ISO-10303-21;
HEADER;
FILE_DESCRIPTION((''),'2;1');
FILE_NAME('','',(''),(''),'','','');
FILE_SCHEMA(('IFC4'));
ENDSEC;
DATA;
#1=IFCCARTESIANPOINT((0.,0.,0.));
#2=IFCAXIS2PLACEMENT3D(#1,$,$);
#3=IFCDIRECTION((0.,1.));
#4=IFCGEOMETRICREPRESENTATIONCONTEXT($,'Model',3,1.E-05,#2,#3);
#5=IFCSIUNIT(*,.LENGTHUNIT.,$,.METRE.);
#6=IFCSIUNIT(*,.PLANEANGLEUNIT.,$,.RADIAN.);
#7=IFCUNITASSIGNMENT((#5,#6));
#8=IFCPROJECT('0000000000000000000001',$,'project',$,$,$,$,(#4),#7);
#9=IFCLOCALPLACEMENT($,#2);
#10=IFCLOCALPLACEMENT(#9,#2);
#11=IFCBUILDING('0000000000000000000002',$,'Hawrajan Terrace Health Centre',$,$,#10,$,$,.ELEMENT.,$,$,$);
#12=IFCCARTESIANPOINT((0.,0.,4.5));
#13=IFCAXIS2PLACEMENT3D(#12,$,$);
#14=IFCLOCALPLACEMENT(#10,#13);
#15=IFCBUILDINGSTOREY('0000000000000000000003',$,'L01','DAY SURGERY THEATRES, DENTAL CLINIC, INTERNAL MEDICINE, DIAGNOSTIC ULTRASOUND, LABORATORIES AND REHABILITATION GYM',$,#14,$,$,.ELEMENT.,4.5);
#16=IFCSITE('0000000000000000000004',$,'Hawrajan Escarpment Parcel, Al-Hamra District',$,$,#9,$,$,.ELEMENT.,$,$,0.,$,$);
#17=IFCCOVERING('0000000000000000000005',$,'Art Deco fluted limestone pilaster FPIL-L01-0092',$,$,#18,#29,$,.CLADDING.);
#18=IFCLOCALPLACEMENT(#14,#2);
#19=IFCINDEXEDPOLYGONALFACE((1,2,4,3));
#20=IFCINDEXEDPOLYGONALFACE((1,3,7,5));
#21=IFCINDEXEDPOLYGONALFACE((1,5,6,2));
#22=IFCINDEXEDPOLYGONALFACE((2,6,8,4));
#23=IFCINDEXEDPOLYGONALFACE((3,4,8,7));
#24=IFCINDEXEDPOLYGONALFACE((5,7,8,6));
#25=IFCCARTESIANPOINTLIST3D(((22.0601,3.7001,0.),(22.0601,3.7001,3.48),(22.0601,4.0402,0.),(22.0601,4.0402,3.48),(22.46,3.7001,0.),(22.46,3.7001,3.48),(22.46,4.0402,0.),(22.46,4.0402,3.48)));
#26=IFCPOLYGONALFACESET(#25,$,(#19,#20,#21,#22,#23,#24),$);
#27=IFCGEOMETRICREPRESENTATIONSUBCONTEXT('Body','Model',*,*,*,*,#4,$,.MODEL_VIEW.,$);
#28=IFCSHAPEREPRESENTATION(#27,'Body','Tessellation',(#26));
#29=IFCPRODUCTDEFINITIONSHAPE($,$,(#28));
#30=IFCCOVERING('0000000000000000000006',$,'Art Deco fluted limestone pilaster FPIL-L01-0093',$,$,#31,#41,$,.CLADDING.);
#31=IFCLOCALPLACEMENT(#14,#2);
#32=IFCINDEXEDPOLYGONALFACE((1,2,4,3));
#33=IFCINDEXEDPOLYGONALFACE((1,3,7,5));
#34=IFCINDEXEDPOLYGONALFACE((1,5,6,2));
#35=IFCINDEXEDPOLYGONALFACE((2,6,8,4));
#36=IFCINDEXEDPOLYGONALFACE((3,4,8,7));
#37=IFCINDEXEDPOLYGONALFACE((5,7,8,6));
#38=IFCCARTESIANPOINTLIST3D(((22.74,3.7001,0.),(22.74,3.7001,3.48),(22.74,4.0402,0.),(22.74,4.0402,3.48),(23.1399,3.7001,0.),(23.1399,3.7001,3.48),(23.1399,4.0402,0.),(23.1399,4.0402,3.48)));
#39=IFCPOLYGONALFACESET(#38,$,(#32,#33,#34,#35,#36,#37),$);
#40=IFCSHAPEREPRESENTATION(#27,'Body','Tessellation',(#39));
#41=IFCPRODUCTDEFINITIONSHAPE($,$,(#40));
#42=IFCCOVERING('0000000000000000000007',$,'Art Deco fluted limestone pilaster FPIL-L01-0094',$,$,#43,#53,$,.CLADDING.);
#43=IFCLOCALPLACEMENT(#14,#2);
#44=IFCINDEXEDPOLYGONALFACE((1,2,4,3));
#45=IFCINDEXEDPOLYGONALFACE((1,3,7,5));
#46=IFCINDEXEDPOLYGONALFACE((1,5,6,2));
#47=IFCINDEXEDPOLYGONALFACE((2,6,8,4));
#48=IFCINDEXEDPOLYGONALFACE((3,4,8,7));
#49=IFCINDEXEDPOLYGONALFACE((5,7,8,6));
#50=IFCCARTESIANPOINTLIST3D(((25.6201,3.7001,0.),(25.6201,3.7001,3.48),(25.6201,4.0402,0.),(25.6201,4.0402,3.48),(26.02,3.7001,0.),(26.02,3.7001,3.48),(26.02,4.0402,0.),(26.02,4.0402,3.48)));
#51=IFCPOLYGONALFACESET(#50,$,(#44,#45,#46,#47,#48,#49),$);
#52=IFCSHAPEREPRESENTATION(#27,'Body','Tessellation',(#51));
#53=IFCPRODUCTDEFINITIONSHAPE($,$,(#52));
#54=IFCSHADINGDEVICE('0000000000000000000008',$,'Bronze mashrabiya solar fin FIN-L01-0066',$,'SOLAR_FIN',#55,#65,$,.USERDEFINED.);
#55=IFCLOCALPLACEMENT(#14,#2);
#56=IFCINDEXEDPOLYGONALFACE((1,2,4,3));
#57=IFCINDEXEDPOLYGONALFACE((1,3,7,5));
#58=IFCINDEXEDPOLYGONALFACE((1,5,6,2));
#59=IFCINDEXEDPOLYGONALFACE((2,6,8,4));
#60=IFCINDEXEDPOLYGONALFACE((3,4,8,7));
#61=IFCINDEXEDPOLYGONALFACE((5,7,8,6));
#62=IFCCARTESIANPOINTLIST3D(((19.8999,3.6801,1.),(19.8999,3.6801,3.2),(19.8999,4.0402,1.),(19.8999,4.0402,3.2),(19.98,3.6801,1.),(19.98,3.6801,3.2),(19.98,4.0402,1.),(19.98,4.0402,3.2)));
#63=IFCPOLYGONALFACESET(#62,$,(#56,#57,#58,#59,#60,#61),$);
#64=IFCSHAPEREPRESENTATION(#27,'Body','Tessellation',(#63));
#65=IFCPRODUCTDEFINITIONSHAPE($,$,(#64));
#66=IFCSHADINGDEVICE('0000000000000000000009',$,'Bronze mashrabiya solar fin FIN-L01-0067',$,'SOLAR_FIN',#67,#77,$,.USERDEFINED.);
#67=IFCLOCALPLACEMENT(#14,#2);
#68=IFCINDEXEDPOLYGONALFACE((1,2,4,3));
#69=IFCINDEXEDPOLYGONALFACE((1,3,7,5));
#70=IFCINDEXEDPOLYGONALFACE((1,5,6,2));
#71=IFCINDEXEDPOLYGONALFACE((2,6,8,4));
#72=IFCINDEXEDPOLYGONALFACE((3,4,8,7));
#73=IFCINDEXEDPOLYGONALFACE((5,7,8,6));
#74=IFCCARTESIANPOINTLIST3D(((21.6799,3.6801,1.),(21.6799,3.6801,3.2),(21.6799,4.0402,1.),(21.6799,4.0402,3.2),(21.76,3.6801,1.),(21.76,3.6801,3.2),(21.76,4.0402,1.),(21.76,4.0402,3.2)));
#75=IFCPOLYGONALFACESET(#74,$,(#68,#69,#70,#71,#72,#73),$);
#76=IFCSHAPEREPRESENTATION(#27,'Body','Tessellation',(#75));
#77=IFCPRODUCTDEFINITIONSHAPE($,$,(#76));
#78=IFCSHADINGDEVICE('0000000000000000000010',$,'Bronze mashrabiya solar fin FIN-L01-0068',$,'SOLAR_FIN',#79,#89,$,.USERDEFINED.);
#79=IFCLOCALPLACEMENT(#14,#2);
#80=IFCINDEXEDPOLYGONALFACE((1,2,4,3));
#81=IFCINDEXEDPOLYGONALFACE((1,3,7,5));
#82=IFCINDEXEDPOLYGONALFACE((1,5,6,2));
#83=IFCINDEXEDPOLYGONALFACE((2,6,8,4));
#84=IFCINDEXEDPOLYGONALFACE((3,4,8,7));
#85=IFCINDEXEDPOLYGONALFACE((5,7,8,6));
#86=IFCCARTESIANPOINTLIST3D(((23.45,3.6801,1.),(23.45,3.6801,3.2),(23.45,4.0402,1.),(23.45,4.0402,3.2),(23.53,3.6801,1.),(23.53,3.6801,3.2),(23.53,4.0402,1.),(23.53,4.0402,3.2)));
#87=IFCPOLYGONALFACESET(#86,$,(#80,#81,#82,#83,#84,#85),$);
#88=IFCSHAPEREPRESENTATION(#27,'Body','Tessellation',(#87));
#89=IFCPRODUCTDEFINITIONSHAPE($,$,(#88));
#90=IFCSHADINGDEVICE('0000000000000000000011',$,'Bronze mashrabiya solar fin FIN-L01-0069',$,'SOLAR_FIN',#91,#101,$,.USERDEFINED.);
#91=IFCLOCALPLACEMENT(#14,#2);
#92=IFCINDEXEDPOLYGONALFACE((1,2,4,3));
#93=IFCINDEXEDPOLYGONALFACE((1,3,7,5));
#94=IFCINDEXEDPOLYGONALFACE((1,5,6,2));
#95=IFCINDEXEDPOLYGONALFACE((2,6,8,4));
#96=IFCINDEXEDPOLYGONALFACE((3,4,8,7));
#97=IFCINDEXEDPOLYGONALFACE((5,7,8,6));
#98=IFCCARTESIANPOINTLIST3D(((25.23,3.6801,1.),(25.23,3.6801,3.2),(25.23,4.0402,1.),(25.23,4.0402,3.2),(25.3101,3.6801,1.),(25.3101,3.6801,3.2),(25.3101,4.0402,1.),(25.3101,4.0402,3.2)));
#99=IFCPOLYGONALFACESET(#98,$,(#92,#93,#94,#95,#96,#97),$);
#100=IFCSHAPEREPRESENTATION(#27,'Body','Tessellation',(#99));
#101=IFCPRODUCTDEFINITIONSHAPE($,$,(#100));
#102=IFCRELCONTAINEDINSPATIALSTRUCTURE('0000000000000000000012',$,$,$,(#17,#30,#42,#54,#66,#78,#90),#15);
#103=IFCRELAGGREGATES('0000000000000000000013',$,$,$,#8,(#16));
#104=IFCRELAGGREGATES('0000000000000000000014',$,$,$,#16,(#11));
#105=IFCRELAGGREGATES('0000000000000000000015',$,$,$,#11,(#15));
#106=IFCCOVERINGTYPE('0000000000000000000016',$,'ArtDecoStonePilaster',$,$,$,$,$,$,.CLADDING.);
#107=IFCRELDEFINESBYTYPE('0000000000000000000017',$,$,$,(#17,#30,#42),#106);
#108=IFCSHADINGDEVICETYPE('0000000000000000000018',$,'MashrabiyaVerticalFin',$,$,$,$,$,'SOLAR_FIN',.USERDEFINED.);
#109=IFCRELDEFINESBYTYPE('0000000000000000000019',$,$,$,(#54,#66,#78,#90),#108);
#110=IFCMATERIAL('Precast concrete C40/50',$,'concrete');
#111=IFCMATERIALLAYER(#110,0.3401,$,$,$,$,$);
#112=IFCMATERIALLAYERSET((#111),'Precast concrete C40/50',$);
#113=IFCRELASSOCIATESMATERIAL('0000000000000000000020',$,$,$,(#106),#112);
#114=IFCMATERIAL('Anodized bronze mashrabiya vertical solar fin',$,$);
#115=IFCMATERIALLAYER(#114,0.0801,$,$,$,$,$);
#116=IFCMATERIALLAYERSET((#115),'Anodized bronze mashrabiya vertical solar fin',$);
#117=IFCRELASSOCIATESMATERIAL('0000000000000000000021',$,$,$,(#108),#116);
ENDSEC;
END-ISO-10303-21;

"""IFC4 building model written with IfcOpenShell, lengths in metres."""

from ifc_helpers import new_model, si_unit, direction, frame, origin, origin_2d, place, context, subcontext, project, spatial, rectangle, extrude, material, layer, layer_set, type_object, element, save


model = new_model("IFC4")

# Units and contexts
model_context = context("Model", 3, precision=1e-05, world=origin(), true_north=direction((0.0, 1.0)))
body_context = subcontext(model_context, "Body", "Model", "MODEL_VIEW")
ifc_project = project(units=[si_unit("LENGTHUNIT", "METRE"), si_unit("PLANEANGLEUNIT", "RADIAN")], contexts=[model_context])

# Site, building, storey
site_placement = place(None, origin())
site = spatial("IfcSite", under=ifc_project, at=site_placement, Name="Hawrajan Escarpment Parcel, Al-Hamra District", CompositionType="ELEMENT", RefElevation=0.0)
building_placement = place(site_placement, origin())
building = spatial("IfcBuilding", under=site, at=building_placement, Name="Hawrajan Terrace Health Centre", CompositionType="ELEMENT")
storey_placement = place(building_placement, frame((0.0, 0.0, 4.5)))
storey = spatial("IfcBuildingStorey", under=building, at=storey_placement, Name="L01", Description="DAY SURGERY THEATRES, DENTAL CLINIC, INTERNAL MEDICINE, DIAGNOSTIC ULTRASOUND, LABORATORIES AND REHABILITATION GYM", CompositionType="ELEMENT", Elevation=4.5)

# Shared definitions
ifc_material_1 = material(Name="Precast concrete C40/50", Category="concrete")

# Coverings
ifc_layer_1 = layer(ifc_material_1, 0.3401)
ifc_layer_set_1 = layer_set([ifc_layer_1], Name="Precast concrete C40/50")
covering_type_1 = type_object("IfcCoveringType", Name="ArtDecoStonePilaster", PredefinedType="CLADDING", material=ifc_layer_set_1)
for number, where, z_axis, x_axis, name in (
    (1, (22.26, 3.8701, 0.0), (0.0, 0.0, 1.0), (1.0, 0.0, 0.0), "Art Deco fluted limestone pilaster FPIL-L01-0092"),
    (2, (22.9399, 3.8701, 0.0), (0.0, 0.0, 1.0), (1.0, 0.0, 0.0), "Art Deco fluted limestone pilaster FPIL-L01-0093"),
    (3, (25.8201, 3.8701, 0.0), (0.0, 0.0, 1.0), (1.0, 0.0, 0.0), "Art Deco fluted limestone pilaster FPIL-L01-0094"),
):
    element("IfcCovering", number, at=place(storey_placement, frame(where, z_axis=z_axis, x_axis=x_axis)), inside=storey, type_object=covering_type_1, Name=name, PredefinedType="CLADDING", context=body_context, shape_type="SweptSolid", body=[
        extrude(rectangle(XDim=0.3999, YDim=0.3401, at=origin_2d()), origin(), (0.0, 0.0, 1.0), 3.48),
    ])

# Shading devices
ifc_material_2 = material(Name="Anodized bronze mashrabiya vertical solar fin")
ifc_layer_2 = layer(ifc_material_2, 0.0801)
ifc_layer_set_2 = layer_set([ifc_layer_2], Name="Anodized bronze mashrabiya vertical solar fin")
shading_device_type = type_object("IfcShadingDeviceType", Name="MashrabiyaVerticalFin", ElementType="SOLAR_FIN", PredefinedType="USERDEFINED", material=ifc_layer_set_2)
for number, where, z_axis, x_axis, name in (
    (4, (19.9399, 3.8601, 1.0), (0.0, 0.0, 1.0), (1.0, 0.0, 0.0), "Bronze mashrabiya solar fin FIN-L01-0066"),
    (5, (21.72, 3.8601, 1.0), (0.0, 0.0, 1.0), (1.0, 0.0, 0.0), "Bronze mashrabiya solar fin FIN-L01-0067"),
    (6, (23.49, 3.8601, 1.0), (0.0, 0.0, 1.0), (1.0, 0.0, 0.0), "Bronze mashrabiya solar fin FIN-L01-0068"),
    (7, (25.27, 3.8601, 1.0), (0.0, 0.0, 1.0), (1.0, 0.0, 0.0), "Bronze mashrabiya solar fin FIN-L01-0069"),
):
    element("IfcShadingDevice", number, at=place(storey_placement, frame(where, z_axis=z_axis, x_axis=x_axis)), inside=storey, type_object=shading_device_type, Name=name, ObjectType="SOLAR_FIN", PredefinedType="USERDEFINED", context=body_context, shape_type="SweptSolid", body=[
        extrude(rectangle(XDim=0.0801, YDim=0.3601, at=origin_2d()), origin(), (0.0, 0.0, 1.0), 2.2),
    ])

save(model, "model.ifc")
